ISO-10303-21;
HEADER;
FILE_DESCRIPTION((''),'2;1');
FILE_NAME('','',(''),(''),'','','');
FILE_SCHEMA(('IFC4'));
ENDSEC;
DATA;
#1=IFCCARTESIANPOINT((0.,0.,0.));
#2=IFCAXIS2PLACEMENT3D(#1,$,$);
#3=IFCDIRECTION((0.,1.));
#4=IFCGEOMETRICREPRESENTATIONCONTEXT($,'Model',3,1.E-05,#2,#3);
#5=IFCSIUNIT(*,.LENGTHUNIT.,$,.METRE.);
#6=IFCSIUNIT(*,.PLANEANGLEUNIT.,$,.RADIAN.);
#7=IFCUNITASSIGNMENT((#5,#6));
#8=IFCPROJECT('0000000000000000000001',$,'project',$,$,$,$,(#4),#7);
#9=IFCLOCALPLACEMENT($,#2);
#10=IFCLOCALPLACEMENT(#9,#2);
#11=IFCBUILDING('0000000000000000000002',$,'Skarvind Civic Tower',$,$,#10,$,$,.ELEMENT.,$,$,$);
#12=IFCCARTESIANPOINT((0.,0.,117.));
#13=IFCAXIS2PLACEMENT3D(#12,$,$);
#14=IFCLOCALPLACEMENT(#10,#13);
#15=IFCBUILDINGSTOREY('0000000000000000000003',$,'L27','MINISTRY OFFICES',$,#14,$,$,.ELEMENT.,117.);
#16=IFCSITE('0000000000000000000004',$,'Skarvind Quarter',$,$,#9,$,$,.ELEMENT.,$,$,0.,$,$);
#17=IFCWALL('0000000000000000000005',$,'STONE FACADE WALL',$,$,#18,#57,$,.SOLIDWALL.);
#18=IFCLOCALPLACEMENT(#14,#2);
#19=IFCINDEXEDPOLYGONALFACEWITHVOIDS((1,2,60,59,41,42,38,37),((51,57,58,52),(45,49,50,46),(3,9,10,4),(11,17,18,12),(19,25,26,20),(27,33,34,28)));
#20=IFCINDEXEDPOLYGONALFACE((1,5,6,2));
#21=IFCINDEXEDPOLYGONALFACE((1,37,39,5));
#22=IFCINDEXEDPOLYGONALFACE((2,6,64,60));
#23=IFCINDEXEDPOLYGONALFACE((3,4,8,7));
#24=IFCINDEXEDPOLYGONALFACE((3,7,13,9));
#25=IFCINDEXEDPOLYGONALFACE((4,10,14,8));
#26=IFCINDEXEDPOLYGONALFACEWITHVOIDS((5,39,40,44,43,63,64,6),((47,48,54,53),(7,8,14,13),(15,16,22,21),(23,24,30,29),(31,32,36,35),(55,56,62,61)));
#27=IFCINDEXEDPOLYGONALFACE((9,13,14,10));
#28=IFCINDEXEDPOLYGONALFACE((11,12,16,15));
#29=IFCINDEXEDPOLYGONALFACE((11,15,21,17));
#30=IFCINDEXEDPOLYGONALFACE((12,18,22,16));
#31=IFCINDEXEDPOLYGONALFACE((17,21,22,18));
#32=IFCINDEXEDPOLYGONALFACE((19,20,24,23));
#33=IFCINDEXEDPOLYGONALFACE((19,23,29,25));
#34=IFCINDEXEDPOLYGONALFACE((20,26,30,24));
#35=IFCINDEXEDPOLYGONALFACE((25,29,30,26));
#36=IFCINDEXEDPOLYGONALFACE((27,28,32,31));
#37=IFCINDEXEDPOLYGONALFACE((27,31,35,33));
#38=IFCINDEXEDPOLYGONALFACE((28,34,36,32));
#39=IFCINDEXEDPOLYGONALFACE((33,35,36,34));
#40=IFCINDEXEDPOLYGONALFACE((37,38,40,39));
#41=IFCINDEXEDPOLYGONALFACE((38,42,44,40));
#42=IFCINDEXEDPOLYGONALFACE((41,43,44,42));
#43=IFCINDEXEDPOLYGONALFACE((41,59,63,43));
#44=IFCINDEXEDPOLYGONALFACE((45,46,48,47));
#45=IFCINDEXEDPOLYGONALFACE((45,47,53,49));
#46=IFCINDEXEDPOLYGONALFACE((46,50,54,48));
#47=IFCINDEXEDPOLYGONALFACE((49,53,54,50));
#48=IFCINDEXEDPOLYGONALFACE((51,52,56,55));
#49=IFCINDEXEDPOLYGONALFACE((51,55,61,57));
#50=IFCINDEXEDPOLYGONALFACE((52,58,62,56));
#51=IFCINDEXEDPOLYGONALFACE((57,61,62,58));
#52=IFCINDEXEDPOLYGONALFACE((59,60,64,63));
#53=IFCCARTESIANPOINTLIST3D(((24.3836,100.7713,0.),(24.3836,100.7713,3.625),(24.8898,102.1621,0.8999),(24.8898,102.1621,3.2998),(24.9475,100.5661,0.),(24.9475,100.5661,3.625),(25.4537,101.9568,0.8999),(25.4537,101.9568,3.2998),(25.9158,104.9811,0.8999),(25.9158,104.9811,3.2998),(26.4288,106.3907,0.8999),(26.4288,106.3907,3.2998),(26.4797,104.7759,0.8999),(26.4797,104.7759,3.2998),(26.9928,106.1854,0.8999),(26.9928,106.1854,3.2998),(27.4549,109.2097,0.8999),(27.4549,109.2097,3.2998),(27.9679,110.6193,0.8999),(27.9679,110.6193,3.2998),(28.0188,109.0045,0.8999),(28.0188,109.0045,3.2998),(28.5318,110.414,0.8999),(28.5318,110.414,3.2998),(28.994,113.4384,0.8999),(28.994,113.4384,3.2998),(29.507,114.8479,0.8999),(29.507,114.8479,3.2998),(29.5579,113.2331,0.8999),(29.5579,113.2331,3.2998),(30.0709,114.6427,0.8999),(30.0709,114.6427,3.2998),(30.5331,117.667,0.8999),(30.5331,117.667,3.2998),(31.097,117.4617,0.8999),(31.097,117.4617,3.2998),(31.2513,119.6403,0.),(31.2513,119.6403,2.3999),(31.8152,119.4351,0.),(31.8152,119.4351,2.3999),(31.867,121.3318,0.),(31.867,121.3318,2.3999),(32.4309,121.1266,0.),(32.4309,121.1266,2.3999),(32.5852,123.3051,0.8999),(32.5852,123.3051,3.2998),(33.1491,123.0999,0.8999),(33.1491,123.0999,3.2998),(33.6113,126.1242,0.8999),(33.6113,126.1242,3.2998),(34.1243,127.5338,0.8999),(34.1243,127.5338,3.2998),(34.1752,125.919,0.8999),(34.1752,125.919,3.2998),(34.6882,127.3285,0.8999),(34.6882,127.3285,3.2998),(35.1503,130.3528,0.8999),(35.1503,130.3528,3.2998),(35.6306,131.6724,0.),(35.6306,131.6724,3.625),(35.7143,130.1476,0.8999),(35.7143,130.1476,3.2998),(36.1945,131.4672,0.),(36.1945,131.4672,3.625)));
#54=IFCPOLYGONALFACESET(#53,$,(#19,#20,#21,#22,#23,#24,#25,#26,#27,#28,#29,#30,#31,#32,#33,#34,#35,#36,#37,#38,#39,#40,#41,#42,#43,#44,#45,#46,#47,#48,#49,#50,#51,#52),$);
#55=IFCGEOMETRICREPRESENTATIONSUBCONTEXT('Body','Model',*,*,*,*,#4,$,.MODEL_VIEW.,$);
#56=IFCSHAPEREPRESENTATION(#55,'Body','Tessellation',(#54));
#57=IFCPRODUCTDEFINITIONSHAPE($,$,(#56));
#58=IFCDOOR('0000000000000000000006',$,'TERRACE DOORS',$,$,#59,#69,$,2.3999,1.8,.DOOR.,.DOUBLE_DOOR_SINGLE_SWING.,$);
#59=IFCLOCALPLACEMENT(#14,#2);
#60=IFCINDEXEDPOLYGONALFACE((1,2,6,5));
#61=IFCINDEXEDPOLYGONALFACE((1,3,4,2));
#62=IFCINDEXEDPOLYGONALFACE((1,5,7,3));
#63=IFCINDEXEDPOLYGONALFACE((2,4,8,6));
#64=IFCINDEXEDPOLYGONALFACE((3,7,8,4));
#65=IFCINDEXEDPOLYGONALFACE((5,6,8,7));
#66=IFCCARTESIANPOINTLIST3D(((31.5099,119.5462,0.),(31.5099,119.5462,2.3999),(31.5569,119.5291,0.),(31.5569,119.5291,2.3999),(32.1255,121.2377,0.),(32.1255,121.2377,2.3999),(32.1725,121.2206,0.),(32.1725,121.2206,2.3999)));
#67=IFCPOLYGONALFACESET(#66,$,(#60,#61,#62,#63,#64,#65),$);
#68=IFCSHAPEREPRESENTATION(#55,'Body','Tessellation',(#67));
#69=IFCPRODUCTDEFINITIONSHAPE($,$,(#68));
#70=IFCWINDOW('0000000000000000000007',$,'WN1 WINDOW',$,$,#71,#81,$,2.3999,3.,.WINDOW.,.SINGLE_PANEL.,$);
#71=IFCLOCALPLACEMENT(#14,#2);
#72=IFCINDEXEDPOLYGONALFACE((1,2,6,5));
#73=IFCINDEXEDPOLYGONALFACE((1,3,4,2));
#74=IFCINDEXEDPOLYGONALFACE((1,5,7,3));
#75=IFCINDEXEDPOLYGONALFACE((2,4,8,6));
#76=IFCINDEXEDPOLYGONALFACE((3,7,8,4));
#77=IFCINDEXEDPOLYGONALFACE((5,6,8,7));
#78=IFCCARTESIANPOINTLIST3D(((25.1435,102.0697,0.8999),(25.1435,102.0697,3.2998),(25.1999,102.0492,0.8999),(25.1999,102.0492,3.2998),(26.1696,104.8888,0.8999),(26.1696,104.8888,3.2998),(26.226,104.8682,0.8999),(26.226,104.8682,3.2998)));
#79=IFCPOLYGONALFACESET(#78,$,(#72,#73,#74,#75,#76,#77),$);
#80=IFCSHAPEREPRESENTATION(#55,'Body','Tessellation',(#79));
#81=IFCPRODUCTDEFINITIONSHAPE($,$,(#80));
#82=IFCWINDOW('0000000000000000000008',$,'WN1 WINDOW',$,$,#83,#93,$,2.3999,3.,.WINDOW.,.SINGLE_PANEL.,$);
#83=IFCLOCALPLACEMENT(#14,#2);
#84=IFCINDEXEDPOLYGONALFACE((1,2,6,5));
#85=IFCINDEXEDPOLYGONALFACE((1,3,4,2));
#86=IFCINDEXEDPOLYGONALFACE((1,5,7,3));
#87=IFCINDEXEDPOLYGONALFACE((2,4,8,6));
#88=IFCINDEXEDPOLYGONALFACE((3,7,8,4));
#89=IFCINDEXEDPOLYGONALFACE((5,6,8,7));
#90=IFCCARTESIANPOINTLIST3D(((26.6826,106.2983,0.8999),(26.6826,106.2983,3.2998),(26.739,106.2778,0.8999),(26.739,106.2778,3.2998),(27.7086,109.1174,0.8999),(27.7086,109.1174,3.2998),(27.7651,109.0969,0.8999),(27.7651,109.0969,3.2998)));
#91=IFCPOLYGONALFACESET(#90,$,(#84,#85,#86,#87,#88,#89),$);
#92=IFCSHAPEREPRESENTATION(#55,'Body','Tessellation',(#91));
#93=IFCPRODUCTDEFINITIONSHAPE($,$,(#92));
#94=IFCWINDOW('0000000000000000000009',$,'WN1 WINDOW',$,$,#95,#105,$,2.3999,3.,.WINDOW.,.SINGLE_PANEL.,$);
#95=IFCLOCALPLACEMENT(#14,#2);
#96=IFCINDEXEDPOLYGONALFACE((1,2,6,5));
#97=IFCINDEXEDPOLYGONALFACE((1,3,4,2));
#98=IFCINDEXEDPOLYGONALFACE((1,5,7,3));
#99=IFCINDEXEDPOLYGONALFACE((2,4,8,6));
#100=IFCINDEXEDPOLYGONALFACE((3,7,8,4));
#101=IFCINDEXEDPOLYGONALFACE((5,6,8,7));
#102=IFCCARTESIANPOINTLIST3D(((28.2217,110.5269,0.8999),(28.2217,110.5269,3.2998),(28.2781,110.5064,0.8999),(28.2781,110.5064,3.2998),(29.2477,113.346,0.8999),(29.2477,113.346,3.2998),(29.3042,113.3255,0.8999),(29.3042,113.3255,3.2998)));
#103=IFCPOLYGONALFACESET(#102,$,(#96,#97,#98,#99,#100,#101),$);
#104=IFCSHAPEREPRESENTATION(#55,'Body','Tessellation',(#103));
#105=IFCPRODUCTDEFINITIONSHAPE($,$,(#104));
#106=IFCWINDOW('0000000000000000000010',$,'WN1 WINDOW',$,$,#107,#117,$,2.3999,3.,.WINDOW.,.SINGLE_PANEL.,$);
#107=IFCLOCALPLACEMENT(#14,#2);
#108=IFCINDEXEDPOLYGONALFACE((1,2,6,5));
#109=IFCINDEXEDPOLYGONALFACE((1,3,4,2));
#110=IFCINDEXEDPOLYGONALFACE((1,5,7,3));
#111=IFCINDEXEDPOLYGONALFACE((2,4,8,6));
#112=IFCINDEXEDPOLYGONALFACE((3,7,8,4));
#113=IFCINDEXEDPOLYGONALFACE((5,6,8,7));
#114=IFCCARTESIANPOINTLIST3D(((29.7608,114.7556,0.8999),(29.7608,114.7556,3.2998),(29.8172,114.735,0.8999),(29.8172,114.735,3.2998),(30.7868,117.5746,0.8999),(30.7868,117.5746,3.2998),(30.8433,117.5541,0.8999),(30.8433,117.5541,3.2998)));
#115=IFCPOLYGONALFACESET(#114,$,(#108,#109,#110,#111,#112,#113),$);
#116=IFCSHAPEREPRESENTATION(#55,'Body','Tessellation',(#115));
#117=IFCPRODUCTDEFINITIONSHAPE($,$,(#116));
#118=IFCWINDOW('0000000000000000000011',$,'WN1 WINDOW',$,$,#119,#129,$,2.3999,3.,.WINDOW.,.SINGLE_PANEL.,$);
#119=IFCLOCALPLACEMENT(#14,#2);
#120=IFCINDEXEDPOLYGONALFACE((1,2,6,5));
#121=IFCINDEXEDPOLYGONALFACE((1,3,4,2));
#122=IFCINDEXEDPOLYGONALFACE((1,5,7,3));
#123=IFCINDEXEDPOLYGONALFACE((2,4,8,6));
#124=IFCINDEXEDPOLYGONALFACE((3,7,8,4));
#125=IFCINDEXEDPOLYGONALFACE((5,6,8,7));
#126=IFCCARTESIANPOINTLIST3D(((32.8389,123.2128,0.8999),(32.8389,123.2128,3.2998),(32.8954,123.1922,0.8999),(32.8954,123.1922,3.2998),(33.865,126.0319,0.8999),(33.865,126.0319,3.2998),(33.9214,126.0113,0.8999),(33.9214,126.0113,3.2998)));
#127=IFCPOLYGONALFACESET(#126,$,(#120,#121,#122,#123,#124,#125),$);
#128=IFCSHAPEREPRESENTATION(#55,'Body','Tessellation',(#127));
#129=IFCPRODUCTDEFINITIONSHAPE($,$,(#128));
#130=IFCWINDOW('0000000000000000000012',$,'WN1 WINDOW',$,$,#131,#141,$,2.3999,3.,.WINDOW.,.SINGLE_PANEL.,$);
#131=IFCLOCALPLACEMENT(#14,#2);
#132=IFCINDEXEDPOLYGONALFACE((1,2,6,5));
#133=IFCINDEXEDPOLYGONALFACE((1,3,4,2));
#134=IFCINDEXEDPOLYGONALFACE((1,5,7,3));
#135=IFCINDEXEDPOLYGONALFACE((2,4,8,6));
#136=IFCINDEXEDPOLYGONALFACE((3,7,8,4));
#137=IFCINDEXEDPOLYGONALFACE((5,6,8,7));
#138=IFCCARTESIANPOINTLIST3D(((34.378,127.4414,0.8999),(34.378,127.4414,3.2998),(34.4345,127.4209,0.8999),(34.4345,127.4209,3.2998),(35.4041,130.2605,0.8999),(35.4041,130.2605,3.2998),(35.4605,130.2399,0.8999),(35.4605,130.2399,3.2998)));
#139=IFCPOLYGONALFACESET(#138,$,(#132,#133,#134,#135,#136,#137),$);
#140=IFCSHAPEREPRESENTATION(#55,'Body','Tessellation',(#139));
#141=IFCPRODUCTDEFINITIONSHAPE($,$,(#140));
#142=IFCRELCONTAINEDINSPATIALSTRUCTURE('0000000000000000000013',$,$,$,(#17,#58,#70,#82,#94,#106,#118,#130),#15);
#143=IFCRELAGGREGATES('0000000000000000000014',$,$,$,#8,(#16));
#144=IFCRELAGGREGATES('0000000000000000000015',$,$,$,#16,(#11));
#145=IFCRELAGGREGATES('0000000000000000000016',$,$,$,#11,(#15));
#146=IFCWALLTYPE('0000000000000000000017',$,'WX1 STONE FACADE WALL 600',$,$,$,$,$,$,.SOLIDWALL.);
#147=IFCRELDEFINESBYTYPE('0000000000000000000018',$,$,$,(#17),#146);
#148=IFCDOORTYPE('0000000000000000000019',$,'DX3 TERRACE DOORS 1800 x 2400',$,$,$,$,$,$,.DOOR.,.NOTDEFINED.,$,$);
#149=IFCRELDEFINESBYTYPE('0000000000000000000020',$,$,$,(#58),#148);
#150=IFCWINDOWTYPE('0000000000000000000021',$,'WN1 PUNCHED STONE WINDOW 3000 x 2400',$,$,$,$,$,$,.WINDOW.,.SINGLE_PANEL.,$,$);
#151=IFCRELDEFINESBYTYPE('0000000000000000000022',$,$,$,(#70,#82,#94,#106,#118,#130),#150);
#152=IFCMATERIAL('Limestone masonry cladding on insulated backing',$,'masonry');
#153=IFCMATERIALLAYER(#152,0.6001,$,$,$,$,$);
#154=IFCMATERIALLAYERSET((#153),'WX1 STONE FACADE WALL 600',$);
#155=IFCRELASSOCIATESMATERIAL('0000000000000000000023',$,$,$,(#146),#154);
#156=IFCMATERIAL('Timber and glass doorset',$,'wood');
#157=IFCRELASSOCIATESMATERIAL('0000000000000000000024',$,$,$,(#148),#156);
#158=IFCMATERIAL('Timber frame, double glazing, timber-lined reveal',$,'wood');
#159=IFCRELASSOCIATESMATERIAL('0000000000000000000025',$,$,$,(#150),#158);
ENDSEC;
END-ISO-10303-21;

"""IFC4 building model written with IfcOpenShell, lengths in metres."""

from ifc_helpers import new_model, si_unit, direction, frame, frame_2d, origin, place, context, subcontext, project, spatial, rectangle, extrude, material, layer, layer_set, type_object, element, fill, save


model = new_model("IFC4")

# Units and contexts
model_context = context("Model", 3, precision=1e-05, world=origin(), true_north=direction((0.0, 1.0)))
body_context = subcontext(model_context, "Body", "Model", "MODEL_VIEW")
ifc_project = project(units=[si_unit("LENGTHUNIT", "METRE"), si_unit("PLANEANGLEUNIT", "RADIAN")], contexts=[model_context])

# Site, building, storey
site_placement = place(None, origin())
site = spatial("IfcSite", under=ifc_project, at=site_placement, Name="Skarvind Quarter", CompositionType="ELEMENT", RefElevation=0.0)
building_placement = place(site_placement, origin())
building = spatial("IfcBuilding", under=site, at=building_placement, Name="Skarvind Civic Tower", CompositionType="ELEMENT")
storey_placement = place(building_placement, frame((0.0, 0.0, 117.0)))
storey = spatial("IfcBuildingStorey", under=building, at=storey_placement, Name="L27", Description="MINISTRY OFFICES", CompositionType="ELEMENT", Elevation=117.0)

# Wall, openings, door, windows
ifc_material_1 = material(Name="Limestone masonry cladding on insulated backing", Category="masonry")
ifc_layer_1 = layer(ifc_material_1, 0.6001)
ifc_layer_set_1 = layer_set([ifc_layer_1], Name="WX1 STONE FACADE WALL 600")
wall_type_1 = type_object("IfcWallType", Name="WX1 STONE FACADE WALL 600", PredefinedType="SOLIDWALL", material=ifc_layer_set_1)
wall_1_placement = place(storey_placement, frame((24.6655, 100.6687, 0.0), z_axis=(0.0, 0.0, 1.0), x_axis=(0.34202, 0.939693, 0.0)))
wall_1 = element("IfcWall", 1, at=wall_1_placement, inside=storey, type_object=wall_type_1, Name="STONE FACADE WALL", PredefinedType="SOLIDWALL", context=body_context, shape_type="SweptSolid", body=[
    extrude(rectangle(XDim=32.8843, YDim=0.6001, at=frame_2d((16.4421, 0.0))), origin(), (0.0, 0.0, 1.0), 3.625),
])
opening_1_placement = place(wall_1_placement, frame((1.48, 0.0, 0.8999)))
opening_1 = element("IfcOpeningElement", 2, at=opening_1_placement, cuts=wall_1, PredefinedType="OPENING", context=body_context, shape_type="SweptSolid", body=[
    extrude(rectangle(XDim=3.0, YDim=2.3999, at=frame_2d((1.5, 1.2))), frame((0.0, 0.3101, 0.0), z_axis=(0.0, -1.0, 0.0), x_axis=(1.0, 0.0, 0.0)), (0.0, 0.0, 1.0), 0.6201),
])
opening_2_placement = place(wall_1_placement, frame((5.98, 0.0, 0.8999)))
opening_2 = element("IfcOpeningElement", 3, at=opening_2_placement, cuts=wall_1, PredefinedType="OPENING", context=body_context, shape_type="SweptSolid", body=[
    extrude(rectangle(XDim=3.0, YDim=2.3999, at=frame_2d((1.5, 1.2))), frame((0.0, 0.3101, 0.0), z_axis=(0.0, -1.0, 0.0), x_axis=(1.0, 0.0, 0.0)), (0.0, 0.0, 1.0), 0.6201),
])
opening_3_placement = place(wall_1_placement, frame((10.48, 0.0, 0.8999)))
opening_3 = element("IfcOpeningElement", 4, at=opening_3_placement, cuts=wall_1, PredefinedType="OPENING", context=body_context, shape_type="SweptSolid", body=[
    extrude(rectangle(XDim=3.0, YDim=2.3999, at=frame_2d((1.5, 1.2))), frame((0.0, 0.3101, 0.0), z_axis=(0.0, -1.0, 0.0), x_axis=(1.0, 0.0, 0.0)), (0.0, 0.0, 1.0), 0.6201),
])
opening_4_placement = place(wall_1_placement, frame((14.98, 0.0, 0.8999)))
opening_4 = element("IfcOpeningElement", 5, at=opening_4_placement, cuts=wall_1, PredefinedType="OPENING", context=body_context, shape_type="SweptSolid", body=[
    extrude(rectangle(XDim=3.0, YDim=2.3999, at=frame_2d((1.5, 1.2))), frame((0.0, 0.3101, 0.0), z_axis=(0.0, -1.0, 0.0), x_axis=(1.0, 0.0, 0.0)), (0.0, 0.0, 1.0), 0.6201),
])
opening_5_placement = place(wall_1_placement, frame((20.0801, 0.0, 0.0)))
opening_5 = element("IfcOpeningElement", 6, at=opening_5_placement, cuts=wall_1, PredefinedType="OPENING", context=body_context, shape_type="SweptSolid", body=[
    extrude(rectangle(XDim=1.8, YDim=2.3999, at=frame_2d((0.8999, 1.2))), frame((0.0, 0.3101, 0.0), z_axis=(0.0, -1.0, 0.0), x_axis=(1.0, 0.0, 0.0)), (0.0, 0.0, 1.0), 0.6201),
])
opening_6_placement = place(wall_1_placement, frame((23.98, 0.0, 0.8999)))
opening_6 = element("IfcOpeningElement", 7, at=opening_6_placement, cuts=wall_1, PredefinedType="OPENING", context=body_context, shape_type="SweptSolid", body=[
    extrude(rectangle(XDim=3.0, YDim=2.3999, at=frame_2d((1.5, 1.2))), frame((0.0, 0.3101, 0.0), z_axis=(0.0, -1.0, 0.0), x_axis=(1.0, 0.0, 0.0)), (0.0, 0.0, 1.0), 0.6201),
])
opening_7_placement = place(wall_1_placement, frame((28.48, 0.0, 0.8999)))
opening_7 = element("IfcOpeningElement", 8, at=opening_7_placement, cuts=wall_1, PredefinedType="OPENING", context=body_context, shape_type="SweptSolid", body=[
    extrude(rectangle(XDim=3.0, YDim=2.3999, at=frame_2d((1.5, 1.2))), frame((0.0, 0.3101, 0.0), z_axis=(0.0, -1.0, 0.0), x_axis=(1.0, 0.0, 0.0)), (0.0, 0.0, 1.0), 0.6201),
])
ifc_material_2 = material(Name="Timber and glass doorset", Category="wood")
door_type_1 = type_object("IfcDoorType", Name="DX3 TERRACE DOORS 1800 x 2400", OperationType="NOTDEFINED", PredefinedType="DOOR", material=ifc_material_2)
door_1_placement = place(opening_5_placement, origin())
door_1 = element("IfcDoor", 9, at=door_1_placement, inside=storey, type_object=door_type_1, Name="TERRACE DOORS", OperationType="DOUBLE_DOOR_SINGLE_SWING", OverallHeight=2.3999, OverallWidth=1.8, PredefinedType="DOOR", context=body_context, shape_type="SweptSolid", body=[
    extrude(rectangle(XDim=1.8, YDim=2.3999, at=frame_2d((0.8999, 1.2))), frame((0.0, 0.0249, 0.0), z_axis=(0.0, -1.0, 0.0), x_axis=(1.0, 0.0, 0.0)), (0.0, 0.0, 1.0), 0.05),
])
fill(opening_5, door_1)
ifc_material_3 = material(Name="Timber frame, double glazing, timber-lined reveal", Category="wood")
window_type = type_object("IfcWindowType", Name="WN1 PUNCHED STONE WINDOW 3000 x 2400", PartitioningType="SINGLE_PANEL", PredefinedType="WINDOW", material=ifc_material_3)
window_1_placement = place(opening_1_placement, origin())
window_1 = element("IfcWindow", 10, at=window_1_placement, inside=storey, type_object=window_type, Name="WN1 WINDOW", OverallHeight=2.3999, OverallWidth=3.0, PartitioningType="SINGLE_PANEL", PredefinedType="WINDOW", context=body_context, shape_type="SweptSolid", body=[
    extrude(rectangle(XDim=3.0, YDim=2.3999, at=frame_2d((1.5, 1.2))), frame((0.0, 0.03, 0.0), z_axis=(0.0, -1.0, 0.0), x_axis=(1.0, 0.0, 0.0)), (0.0, 0.0, 1.0), 0.0601),
])
fill(opening_1, window_1)
window_2_placement = place(opening_2_placement, origin())
window_2 = element("IfcWindow", 11, at=window_2_placement, inside=storey, type_object=window_type, Name="WN1 WINDOW", OverallHeight=2.3999, OverallWidth=3.0, PartitioningType="SINGLE_PANEL", PredefinedType="WINDOW", context=body_context, shape_type="SweptSolid", body=[
    extrude(rectangle(XDim=3.0, YDim=2.3999, at=frame_2d((1.5, 1.2))), frame((0.0, 0.03, 0.0), z_axis=(0.0, -1.0, 0.0), x_axis=(1.0, 0.0, 0.0)), (0.0, 0.0, 1.0), 0.0601),
])
fill(opening_2, window_2)
window_3_placement = place(opening_3_placement, origin())
window_3 = element("IfcWindow", 12, at=window_3_placement, inside=storey, type_object=window_type, Name="WN1 WINDOW", OverallHeight=2.3999, OverallWidth=3.0, PartitioningType="SINGLE_PANEL", PredefinedType="WINDOW", context=body_context, shape_type="SweptSolid", body=[
    extrude(rectangle(XDim=3.0, YDim=2.3999, at=frame_2d((1.5, 1.2))), frame((0.0, 0.03, 0.0), z_axis=(0.0, -1.0, 0.0), x_axis=(1.0, 0.0, 0.0)), (0.0, 0.0, 1.0), 0.0601),
])
fill(opening_3, window_3)
window_4_placement = place(opening_4_placement, origin())
window_4 = element("IfcWindow", 13, at=window_4_placement, inside=storey, type_object=window_type, Name="WN1 WINDOW", OverallHeight=2.3999, OverallWidth=3.0, PartitioningType="SINGLE_PANEL", PredefinedType="WINDOW", context=body_context, shape_type="SweptSolid", body=[
    extrude(rectangle(XDim=3.0, YDim=2.3999, at=frame_2d((1.5, 1.2))), frame((0.0, 0.03, 0.0), z_axis=(0.0, -1.0, 0.0), x_axis=(1.0, 0.0, 0.0)), (0.0, 0.0, 1.0), 0.0601),
])
fill(opening_4, window_4)
window_5_placement = place(opening_6_placement, origin())
window_5 = element("IfcWindow", 14, at=window_5_placement, inside=storey, type_object=window_type, Name="WN1 WINDOW", OverallHeight=2.3999, OverallWidth=3.0, PartitioningType="SINGLE_PANEL", PredefinedType="WINDOW", context=body_context, shape_type="SweptSolid", body=[
    extrude(rectangle(XDim=3.0, YDim=2.3999, at=frame_2d((1.5, 1.2))), frame((0.0, 0.03, 0.0), z_axis=(0.0, -1.0, 0.0), x_axis=(1.0, 0.0, 0.0)), (0.0, 0.0, 1.0), 0.0601),
])
fill(opening_6, window_5)
window_6_placement = place(opening_7_placement, origin())
window_6 = element("IfcWindow", 15, at=window_6_placement, inside=storey, type_object=window_type, Name="WN1 WINDOW", OverallHeight=2.3999, OverallWidth=3.0, PartitioningType="SINGLE_PANEL", PredefinedType="WINDOW", context=body_context, shape_type="SweptSolid", body=[
    extrude(rectangle(XDim=3.0, YDim=2.3999, at=frame_2d((1.5, 1.2))), frame((0.0, 0.03, 0.0), z_axis=(0.0, -1.0, 0.0), x_axis=(1.0, 0.0, 0.0)), (0.0, 0.0, 1.0), 0.0601),
])
fill(opening_7, window_6)

save(model, "model.ifc")
